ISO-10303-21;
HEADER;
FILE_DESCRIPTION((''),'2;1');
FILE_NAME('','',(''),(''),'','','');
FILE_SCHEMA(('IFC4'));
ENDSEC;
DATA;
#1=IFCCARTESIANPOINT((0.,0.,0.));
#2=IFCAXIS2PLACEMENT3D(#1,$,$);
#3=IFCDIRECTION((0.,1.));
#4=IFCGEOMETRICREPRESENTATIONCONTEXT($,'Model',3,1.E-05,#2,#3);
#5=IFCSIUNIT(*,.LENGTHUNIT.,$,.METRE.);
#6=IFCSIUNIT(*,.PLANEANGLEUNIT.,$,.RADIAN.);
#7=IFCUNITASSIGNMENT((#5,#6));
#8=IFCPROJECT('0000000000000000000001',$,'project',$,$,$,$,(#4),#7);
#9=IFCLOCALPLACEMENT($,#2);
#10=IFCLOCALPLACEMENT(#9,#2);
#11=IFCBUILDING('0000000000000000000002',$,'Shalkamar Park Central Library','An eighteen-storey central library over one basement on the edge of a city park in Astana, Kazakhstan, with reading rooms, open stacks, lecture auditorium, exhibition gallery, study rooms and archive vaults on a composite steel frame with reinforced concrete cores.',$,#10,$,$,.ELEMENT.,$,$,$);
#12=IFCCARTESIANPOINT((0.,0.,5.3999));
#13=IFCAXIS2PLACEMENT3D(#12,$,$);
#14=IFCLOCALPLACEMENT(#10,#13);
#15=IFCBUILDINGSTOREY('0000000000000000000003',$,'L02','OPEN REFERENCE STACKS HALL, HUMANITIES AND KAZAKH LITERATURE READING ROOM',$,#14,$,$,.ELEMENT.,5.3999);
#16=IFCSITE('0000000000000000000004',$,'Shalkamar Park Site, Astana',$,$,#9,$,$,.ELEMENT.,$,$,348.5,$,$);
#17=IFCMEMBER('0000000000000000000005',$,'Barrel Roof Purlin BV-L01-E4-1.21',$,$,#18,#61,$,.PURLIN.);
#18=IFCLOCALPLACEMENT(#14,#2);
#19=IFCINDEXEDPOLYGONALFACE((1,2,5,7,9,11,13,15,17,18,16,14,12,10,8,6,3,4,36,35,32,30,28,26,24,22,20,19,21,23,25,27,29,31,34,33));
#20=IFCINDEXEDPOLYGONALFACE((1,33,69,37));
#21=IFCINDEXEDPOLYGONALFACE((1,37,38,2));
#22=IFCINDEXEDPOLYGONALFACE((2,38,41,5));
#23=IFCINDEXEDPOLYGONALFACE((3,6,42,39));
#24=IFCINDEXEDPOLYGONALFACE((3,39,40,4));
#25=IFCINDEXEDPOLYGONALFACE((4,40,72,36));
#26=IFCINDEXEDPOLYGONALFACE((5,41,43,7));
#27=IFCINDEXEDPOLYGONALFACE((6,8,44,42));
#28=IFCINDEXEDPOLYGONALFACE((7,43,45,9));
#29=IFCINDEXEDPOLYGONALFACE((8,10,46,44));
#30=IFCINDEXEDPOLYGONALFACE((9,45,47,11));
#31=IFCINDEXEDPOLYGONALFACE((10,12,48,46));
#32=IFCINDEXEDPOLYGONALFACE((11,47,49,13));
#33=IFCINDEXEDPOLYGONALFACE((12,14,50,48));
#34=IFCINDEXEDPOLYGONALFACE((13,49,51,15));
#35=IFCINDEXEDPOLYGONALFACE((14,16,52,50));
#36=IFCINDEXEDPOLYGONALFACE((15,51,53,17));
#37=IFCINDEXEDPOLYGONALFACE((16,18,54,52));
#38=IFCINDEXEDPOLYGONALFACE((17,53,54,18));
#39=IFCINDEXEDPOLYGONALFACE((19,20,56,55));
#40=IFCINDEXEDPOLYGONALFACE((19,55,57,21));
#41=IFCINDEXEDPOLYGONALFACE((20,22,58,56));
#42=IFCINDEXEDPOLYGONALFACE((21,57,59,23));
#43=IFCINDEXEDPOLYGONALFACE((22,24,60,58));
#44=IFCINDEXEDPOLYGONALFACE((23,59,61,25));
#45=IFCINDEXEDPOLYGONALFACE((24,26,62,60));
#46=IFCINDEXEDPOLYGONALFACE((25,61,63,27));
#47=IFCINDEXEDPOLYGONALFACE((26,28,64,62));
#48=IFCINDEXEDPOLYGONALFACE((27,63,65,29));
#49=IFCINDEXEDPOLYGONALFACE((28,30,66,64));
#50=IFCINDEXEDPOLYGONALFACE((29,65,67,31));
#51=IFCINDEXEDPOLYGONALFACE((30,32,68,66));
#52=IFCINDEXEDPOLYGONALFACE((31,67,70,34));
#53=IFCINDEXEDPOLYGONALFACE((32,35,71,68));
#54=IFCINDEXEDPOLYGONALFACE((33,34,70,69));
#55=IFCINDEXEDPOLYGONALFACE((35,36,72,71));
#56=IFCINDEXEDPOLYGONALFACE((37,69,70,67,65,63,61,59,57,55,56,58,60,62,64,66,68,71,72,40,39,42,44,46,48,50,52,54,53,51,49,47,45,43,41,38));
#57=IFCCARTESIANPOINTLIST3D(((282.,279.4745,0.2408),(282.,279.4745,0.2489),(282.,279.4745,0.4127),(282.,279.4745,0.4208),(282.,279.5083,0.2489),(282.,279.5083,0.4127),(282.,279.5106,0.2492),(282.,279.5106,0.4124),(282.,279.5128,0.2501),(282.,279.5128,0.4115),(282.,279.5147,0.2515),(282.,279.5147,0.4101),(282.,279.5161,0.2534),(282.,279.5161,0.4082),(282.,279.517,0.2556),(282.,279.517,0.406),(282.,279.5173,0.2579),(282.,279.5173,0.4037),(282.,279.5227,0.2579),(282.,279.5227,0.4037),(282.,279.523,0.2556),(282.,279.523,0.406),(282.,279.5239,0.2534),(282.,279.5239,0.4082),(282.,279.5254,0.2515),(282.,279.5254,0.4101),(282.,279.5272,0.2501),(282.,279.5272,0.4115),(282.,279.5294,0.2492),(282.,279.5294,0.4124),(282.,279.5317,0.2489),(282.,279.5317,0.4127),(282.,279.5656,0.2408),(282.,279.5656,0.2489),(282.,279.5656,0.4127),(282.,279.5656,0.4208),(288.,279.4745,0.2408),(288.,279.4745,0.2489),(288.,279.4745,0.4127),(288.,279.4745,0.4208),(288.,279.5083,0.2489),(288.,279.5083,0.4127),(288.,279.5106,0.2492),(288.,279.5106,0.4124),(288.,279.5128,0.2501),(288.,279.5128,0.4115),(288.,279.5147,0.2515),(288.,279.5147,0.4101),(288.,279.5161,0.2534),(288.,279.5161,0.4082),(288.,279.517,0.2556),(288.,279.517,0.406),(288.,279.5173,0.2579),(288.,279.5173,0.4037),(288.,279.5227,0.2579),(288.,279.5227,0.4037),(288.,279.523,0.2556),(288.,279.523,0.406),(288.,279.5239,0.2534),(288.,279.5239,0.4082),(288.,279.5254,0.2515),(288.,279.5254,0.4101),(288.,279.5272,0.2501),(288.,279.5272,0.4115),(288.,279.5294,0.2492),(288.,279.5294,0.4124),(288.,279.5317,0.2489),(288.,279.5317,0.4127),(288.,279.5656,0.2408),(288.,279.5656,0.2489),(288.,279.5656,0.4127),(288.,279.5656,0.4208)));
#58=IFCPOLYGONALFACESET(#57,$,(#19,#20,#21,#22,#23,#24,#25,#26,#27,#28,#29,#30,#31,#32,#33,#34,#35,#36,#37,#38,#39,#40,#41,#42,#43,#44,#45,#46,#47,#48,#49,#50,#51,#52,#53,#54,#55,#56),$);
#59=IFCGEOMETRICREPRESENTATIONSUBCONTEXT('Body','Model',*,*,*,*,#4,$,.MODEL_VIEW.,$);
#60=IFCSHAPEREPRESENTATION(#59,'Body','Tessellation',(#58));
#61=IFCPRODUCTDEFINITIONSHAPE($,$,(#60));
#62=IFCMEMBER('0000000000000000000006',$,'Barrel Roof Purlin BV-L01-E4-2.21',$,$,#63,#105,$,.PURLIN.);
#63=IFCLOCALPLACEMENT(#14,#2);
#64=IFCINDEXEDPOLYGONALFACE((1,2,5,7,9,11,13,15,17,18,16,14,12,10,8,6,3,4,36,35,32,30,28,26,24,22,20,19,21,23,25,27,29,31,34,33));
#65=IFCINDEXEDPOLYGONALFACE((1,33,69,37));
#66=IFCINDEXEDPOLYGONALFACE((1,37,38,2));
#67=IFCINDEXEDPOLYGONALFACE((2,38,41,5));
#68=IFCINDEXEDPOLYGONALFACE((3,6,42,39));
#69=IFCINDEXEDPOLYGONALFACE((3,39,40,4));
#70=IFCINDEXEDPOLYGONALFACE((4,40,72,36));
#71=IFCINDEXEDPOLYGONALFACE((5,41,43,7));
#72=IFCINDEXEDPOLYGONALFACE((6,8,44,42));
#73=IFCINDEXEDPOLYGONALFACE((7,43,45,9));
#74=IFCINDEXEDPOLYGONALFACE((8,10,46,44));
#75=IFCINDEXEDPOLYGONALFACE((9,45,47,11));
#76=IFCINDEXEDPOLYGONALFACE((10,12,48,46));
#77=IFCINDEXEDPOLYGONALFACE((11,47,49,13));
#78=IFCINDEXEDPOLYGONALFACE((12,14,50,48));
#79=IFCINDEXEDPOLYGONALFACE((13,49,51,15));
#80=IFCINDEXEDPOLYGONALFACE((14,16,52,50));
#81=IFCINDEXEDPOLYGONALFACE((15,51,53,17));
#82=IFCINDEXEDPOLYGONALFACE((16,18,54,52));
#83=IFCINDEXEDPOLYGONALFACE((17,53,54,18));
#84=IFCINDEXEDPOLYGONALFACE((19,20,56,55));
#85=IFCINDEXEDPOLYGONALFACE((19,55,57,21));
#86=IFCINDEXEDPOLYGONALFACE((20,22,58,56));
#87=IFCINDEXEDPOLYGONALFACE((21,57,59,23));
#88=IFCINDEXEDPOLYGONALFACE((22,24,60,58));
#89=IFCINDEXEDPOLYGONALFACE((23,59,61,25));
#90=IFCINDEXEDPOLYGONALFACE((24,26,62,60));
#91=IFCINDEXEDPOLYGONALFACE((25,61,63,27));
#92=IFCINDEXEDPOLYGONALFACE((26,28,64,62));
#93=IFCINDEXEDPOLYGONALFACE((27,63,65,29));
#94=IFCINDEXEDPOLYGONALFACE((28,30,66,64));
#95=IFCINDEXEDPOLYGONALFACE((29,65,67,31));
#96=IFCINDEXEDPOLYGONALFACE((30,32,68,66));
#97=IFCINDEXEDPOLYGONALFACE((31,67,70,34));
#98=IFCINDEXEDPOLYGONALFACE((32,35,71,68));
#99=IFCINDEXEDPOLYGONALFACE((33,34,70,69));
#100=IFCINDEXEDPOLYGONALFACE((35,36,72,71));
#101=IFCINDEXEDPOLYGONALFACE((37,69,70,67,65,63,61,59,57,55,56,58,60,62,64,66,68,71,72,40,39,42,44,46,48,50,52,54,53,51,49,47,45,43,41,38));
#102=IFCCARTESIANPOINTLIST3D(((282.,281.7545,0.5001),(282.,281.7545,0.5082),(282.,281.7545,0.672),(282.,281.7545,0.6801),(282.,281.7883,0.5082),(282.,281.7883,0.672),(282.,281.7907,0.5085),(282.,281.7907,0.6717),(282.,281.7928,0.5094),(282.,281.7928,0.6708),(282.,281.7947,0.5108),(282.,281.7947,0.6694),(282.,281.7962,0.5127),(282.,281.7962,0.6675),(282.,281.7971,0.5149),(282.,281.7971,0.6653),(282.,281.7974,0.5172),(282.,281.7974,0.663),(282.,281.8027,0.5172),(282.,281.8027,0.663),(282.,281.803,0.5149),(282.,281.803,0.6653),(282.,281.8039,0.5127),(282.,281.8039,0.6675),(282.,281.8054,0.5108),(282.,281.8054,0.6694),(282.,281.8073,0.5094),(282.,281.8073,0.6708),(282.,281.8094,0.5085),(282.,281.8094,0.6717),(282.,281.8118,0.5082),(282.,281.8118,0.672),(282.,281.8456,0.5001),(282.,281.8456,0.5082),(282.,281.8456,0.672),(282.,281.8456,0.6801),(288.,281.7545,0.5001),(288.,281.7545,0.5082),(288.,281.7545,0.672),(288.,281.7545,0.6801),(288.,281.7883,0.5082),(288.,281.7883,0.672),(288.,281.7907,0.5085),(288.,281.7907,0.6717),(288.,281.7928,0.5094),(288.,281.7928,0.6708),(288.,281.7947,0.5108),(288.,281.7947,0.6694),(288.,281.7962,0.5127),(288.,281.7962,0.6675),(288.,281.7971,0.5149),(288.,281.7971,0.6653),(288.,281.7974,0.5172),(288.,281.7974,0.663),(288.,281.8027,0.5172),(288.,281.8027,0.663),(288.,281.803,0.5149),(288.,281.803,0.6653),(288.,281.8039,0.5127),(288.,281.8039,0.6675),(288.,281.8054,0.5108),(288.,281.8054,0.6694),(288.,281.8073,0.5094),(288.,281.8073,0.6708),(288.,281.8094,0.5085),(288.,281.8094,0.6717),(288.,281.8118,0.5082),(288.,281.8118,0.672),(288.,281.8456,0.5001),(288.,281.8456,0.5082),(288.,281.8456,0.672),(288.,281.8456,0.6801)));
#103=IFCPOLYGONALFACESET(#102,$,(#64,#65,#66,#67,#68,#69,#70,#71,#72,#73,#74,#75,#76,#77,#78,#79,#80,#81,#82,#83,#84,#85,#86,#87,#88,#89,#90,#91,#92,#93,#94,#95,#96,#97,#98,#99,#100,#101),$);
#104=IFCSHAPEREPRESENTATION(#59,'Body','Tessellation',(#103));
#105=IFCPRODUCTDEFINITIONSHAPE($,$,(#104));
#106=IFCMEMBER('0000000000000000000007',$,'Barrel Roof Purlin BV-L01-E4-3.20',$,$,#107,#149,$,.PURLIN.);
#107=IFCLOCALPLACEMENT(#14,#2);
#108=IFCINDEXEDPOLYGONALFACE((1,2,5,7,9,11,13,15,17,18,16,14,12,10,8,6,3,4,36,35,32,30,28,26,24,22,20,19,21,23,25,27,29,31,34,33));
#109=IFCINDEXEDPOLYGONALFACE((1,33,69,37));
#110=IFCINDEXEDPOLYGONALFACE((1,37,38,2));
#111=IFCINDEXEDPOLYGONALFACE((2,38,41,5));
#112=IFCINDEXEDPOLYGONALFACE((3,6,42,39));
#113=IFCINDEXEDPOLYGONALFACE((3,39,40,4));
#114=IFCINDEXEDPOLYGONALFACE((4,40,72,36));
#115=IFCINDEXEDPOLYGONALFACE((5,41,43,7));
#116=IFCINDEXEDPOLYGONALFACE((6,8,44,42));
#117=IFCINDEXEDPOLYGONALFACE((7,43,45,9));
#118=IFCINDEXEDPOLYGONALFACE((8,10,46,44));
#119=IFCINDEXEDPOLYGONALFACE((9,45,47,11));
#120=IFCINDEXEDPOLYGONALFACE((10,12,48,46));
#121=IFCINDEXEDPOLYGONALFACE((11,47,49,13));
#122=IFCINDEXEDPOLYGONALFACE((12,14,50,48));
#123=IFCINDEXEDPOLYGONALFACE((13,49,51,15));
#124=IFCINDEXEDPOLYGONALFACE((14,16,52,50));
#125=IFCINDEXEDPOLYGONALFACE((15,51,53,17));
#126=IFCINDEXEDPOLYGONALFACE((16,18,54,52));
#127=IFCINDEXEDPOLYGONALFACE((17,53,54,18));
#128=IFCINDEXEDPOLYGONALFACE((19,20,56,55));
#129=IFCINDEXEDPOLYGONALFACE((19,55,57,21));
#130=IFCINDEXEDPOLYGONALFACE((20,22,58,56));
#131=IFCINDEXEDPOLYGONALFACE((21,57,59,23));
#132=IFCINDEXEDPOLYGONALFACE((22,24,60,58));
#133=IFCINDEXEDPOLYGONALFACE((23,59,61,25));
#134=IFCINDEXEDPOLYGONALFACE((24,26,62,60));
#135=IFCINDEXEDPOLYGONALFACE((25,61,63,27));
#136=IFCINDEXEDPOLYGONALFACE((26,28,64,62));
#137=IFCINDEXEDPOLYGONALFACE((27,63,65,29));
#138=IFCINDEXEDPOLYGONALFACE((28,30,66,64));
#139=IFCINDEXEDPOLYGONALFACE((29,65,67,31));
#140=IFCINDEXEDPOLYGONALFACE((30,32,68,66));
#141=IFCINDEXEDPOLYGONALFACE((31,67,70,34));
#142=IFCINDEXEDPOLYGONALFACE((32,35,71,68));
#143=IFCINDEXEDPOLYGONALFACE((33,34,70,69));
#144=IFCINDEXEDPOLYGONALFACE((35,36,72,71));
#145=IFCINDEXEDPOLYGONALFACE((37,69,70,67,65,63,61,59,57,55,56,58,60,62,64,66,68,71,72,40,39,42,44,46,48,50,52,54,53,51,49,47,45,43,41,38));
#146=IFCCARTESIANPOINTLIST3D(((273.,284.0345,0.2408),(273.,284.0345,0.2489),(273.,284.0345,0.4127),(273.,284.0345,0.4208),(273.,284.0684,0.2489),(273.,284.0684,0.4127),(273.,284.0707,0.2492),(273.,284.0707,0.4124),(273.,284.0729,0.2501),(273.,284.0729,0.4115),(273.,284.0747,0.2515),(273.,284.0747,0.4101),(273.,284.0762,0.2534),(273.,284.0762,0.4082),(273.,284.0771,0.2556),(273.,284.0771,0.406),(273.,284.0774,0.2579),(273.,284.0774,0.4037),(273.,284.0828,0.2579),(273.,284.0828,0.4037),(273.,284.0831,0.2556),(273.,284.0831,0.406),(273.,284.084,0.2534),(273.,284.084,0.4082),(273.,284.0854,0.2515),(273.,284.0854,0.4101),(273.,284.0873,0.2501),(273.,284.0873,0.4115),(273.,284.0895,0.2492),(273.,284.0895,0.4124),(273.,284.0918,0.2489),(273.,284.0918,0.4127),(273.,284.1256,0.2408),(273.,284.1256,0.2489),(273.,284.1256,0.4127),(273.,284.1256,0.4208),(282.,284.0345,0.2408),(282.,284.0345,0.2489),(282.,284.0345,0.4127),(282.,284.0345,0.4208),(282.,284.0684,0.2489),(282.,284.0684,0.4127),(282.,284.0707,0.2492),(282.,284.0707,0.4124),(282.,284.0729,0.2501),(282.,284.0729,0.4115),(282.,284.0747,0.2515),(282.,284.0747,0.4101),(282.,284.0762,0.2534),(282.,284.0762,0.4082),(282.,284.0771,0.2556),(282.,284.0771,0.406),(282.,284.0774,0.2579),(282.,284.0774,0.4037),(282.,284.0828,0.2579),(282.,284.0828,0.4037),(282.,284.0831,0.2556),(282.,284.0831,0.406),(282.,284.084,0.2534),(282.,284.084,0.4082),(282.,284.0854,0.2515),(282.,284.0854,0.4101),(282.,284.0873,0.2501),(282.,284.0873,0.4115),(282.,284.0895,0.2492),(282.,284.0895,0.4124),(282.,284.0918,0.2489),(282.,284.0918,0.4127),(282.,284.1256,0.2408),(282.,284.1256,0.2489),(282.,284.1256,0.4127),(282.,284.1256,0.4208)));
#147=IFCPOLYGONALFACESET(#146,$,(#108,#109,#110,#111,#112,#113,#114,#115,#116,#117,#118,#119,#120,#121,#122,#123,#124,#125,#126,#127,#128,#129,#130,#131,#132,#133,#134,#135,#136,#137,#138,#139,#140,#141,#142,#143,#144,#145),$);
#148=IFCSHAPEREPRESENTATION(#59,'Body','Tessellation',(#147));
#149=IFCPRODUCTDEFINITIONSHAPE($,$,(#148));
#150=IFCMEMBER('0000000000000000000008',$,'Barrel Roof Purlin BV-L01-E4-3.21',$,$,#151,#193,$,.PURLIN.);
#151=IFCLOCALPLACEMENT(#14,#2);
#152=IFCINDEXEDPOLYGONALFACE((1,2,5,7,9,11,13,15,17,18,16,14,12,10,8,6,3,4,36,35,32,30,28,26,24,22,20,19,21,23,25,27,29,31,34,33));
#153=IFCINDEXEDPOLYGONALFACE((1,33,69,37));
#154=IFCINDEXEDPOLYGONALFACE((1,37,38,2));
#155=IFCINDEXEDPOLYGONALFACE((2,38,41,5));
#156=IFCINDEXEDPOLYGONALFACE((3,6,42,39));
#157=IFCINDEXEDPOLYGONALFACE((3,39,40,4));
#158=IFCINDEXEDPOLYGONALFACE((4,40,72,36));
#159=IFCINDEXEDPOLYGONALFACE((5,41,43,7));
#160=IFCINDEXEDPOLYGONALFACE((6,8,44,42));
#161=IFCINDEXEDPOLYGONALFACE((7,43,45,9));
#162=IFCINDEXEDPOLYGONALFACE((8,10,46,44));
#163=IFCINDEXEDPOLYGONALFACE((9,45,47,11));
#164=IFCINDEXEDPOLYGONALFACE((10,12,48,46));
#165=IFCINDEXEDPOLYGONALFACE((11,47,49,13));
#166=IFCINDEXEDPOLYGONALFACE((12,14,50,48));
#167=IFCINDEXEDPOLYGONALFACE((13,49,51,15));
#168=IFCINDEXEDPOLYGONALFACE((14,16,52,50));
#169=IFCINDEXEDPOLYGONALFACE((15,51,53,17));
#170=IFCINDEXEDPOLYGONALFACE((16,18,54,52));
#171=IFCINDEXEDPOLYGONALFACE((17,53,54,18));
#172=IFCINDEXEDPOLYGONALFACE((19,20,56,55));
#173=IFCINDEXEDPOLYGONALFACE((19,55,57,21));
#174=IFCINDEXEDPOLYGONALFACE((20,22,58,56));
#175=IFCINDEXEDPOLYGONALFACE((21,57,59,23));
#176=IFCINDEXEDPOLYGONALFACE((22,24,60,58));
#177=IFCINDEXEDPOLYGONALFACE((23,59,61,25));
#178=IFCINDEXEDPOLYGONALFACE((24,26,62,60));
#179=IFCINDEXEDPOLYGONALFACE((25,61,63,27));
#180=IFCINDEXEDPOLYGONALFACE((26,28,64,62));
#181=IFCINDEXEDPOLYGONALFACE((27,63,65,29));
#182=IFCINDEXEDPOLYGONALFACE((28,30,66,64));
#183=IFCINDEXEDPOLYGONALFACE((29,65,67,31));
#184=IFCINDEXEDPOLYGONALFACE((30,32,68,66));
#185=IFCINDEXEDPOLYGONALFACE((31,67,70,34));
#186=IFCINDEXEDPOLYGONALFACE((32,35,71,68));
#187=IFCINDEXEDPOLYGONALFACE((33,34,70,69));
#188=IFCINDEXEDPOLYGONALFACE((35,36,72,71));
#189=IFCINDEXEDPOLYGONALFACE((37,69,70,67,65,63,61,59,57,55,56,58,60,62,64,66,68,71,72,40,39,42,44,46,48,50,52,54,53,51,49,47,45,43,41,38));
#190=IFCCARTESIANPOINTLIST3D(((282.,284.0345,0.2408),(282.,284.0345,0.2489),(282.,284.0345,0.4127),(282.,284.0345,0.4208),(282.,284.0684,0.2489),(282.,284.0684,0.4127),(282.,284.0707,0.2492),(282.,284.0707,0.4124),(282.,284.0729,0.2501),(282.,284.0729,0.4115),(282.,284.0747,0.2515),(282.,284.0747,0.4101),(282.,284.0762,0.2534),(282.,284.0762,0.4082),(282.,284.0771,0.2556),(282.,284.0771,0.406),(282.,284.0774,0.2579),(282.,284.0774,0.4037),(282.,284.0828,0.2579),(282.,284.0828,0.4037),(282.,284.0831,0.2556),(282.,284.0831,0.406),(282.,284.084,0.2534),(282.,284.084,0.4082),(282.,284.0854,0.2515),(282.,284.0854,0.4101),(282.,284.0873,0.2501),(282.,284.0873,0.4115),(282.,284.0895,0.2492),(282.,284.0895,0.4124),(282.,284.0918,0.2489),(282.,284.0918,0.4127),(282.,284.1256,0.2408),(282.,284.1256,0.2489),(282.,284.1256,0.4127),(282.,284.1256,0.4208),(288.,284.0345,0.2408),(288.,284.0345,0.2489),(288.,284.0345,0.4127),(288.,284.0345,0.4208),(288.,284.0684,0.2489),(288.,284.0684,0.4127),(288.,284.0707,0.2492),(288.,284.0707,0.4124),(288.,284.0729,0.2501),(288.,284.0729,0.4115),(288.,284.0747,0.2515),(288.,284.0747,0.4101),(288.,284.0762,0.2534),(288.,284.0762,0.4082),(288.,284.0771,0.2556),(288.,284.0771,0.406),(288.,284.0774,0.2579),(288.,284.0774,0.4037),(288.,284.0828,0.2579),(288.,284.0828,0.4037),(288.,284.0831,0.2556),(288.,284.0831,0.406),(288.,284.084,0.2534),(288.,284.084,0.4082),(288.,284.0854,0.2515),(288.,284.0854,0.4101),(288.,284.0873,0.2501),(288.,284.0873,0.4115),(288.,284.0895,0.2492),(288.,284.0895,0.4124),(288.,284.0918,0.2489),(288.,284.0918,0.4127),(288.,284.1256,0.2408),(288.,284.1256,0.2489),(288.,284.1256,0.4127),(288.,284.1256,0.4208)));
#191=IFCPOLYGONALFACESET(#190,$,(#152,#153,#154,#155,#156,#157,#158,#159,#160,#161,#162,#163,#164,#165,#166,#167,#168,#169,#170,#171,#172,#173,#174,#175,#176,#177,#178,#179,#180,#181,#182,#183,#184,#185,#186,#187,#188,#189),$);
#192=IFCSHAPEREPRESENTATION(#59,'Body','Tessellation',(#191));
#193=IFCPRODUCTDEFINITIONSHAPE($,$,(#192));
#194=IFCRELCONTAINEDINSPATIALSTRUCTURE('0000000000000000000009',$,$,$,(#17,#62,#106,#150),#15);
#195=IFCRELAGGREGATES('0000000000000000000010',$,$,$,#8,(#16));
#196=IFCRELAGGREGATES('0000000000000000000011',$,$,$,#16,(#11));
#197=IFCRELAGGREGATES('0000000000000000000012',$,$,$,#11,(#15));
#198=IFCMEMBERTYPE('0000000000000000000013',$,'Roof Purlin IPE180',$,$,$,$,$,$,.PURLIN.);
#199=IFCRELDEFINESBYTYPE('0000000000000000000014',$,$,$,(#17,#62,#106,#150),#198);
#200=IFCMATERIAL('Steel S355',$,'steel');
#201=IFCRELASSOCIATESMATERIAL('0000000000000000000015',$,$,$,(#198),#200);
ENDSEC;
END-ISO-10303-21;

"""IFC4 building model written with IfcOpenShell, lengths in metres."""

from ifc_helpers import new_model, si_unit, direction, frame, origin, origin_2d, place, context, subcontext, project, spatial, i_section, extrude, material, material_profile, profile_set, type_object, element, save


model = new_model("IFC4")

# Units and contexts
model_context = context("Model", 3, precision=1e-05, world=origin(), true_north=direction((0.0, 1.0)))
body_context = subcontext(model_context, "Body", "Model", "MODEL_VIEW")
ifc_project = project(units=[si_unit("LENGTHUNIT", "METRE"), si_unit("PLANEANGLEUNIT", "RADIAN")], contexts=[model_context])

# Site, building, storey
site_placement = place(None, origin())
site = spatial("IfcSite", under=ifc_project, at=site_placement, Name="Shalkamar Park Site, Astana", CompositionType="ELEMENT", RefElevation=348.5)
building_placement = place(site_placement, origin())
building = spatial("IfcBuilding", under=site, at=building_placement, Name="Shalkamar Park Central Library", Description="An eighteen-storey central library over one basement on the edge of a city park in Astana, Kazakhstan, with reading rooms, open stacks, lecture auditorium, exhibition gallery, study rooms and archive vaults on a composite steel frame with reinforced concrete cores.", CompositionType="ELEMENT")
storey_placement = place(building_placement, frame((0.0, 0.0, 5.3999)))
storey = spatial("IfcBuildingStorey", under=building, at=storey_placement, Name="L02", Description="OPEN REFERENCE STACKS HALL, HUMANITIES AND KAZAKH LITERATURE READING ROOM", CompositionType="ELEMENT", Elevation=5.3999)

# Shared definitions
ifc_material_1 = material(Name="Steel S355", Category="steel")

# Members
ifc_material_profile_1 = material_profile(ifc_material_1, i_section(OverallWidth=0.0911, OverallDepth=0.1799, WebThickness=0.0054, FlangeThickness=0.0081, FilletRadius=0.009, at=origin_2d()), Name="IPE 180")
ifc_profile_set_1 = profile_set([ifc_material_profile_1], Name="Steel S355")
member_type_1 = type_object("IfcMemberType", Name="Roof Purlin IPE180", PredefinedType="PURLIN", material=ifc_profile_set_1)
for number, where, z_axis, x_axis, name in (
    (1, (282.0, 279.52, 0.3308), (1.0, 0.0, 0.0), (0.0, 1.0, 0.0), "Barrel Roof Purlin BV-L01-E4-1.21"),
    (2, (282.0, 281.8, 0.5901), (1.0, 0.0, 0.0), (0.0, 1.0, 0.0), "Barrel Roof Purlin BV-L01-E4-2.21"),
):
    element("IfcMember", number, at=place(storey_placement, frame(where, z_axis=z_axis, x_axis=x_axis)), inside=storey, type_object=member_type_1, Name=name, PredefinedType="PURLIN", context=body_context, shape_type="SweptSolid", body=[
        extrude(i_section(OverallWidth=0.0911, OverallDepth=0.1799, WebThickness=0.0054, FlangeThickness=0.0081, FilletRadius=0.009, at=origin_2d()), origin(), (0.0, 0.0, 1.0), 6.0),
    ])
member_1_placement = place(storey_placement, frame((273.0, 284.0801, 0.3308), z_axis=(1.0, 0.0, 0.0), x_axis=(0.0, 1.0, 0.0)))
element("IfcMember", 3, at=member_1_placement, inside=storey, type_object=member_type_1, Name="Barrel Roof Purlin BV-L01-E4-3.20", PredefinedType="PURLIN", context=body_context, shape_type="SweptSolid", body=[
    extrude(i_section(OverallWidth=0.0911, OverallDepth=0.1799, WebThickness=0.0054, FlangeThickness=0.0081, FilletRadius=0.009, at=origin_2d()), origin(), (0.0, 0.0, 1.0), 9.0),
])
member_2_placement = place(storey_placement, frame((282.0, 284.0801, 0.3308), z_axis=(1.0, 0.0, 0.0), x_axis=(0.0, 1.0, 0.0)))
element("IfcMember", 4, at=member_2_placement, inside=storey, type_object=member_type_1, Name="Barrel Roof Purlin BV-L01-E4-3.21", PredefinedType="PURLIN", context=body_context, shape_type="SweptSolid", body=[
    extrude(i_section(OverallWidth=0.0911, OverallDepth=0.1799, WebThickness=0.0054, FlangeThickness=0.0081, FilletRadius=0.009, at=origin_2d()), origin(), (0.0, 0.0, 1.0), 6.0),
])

save(model, "model.ifc")
